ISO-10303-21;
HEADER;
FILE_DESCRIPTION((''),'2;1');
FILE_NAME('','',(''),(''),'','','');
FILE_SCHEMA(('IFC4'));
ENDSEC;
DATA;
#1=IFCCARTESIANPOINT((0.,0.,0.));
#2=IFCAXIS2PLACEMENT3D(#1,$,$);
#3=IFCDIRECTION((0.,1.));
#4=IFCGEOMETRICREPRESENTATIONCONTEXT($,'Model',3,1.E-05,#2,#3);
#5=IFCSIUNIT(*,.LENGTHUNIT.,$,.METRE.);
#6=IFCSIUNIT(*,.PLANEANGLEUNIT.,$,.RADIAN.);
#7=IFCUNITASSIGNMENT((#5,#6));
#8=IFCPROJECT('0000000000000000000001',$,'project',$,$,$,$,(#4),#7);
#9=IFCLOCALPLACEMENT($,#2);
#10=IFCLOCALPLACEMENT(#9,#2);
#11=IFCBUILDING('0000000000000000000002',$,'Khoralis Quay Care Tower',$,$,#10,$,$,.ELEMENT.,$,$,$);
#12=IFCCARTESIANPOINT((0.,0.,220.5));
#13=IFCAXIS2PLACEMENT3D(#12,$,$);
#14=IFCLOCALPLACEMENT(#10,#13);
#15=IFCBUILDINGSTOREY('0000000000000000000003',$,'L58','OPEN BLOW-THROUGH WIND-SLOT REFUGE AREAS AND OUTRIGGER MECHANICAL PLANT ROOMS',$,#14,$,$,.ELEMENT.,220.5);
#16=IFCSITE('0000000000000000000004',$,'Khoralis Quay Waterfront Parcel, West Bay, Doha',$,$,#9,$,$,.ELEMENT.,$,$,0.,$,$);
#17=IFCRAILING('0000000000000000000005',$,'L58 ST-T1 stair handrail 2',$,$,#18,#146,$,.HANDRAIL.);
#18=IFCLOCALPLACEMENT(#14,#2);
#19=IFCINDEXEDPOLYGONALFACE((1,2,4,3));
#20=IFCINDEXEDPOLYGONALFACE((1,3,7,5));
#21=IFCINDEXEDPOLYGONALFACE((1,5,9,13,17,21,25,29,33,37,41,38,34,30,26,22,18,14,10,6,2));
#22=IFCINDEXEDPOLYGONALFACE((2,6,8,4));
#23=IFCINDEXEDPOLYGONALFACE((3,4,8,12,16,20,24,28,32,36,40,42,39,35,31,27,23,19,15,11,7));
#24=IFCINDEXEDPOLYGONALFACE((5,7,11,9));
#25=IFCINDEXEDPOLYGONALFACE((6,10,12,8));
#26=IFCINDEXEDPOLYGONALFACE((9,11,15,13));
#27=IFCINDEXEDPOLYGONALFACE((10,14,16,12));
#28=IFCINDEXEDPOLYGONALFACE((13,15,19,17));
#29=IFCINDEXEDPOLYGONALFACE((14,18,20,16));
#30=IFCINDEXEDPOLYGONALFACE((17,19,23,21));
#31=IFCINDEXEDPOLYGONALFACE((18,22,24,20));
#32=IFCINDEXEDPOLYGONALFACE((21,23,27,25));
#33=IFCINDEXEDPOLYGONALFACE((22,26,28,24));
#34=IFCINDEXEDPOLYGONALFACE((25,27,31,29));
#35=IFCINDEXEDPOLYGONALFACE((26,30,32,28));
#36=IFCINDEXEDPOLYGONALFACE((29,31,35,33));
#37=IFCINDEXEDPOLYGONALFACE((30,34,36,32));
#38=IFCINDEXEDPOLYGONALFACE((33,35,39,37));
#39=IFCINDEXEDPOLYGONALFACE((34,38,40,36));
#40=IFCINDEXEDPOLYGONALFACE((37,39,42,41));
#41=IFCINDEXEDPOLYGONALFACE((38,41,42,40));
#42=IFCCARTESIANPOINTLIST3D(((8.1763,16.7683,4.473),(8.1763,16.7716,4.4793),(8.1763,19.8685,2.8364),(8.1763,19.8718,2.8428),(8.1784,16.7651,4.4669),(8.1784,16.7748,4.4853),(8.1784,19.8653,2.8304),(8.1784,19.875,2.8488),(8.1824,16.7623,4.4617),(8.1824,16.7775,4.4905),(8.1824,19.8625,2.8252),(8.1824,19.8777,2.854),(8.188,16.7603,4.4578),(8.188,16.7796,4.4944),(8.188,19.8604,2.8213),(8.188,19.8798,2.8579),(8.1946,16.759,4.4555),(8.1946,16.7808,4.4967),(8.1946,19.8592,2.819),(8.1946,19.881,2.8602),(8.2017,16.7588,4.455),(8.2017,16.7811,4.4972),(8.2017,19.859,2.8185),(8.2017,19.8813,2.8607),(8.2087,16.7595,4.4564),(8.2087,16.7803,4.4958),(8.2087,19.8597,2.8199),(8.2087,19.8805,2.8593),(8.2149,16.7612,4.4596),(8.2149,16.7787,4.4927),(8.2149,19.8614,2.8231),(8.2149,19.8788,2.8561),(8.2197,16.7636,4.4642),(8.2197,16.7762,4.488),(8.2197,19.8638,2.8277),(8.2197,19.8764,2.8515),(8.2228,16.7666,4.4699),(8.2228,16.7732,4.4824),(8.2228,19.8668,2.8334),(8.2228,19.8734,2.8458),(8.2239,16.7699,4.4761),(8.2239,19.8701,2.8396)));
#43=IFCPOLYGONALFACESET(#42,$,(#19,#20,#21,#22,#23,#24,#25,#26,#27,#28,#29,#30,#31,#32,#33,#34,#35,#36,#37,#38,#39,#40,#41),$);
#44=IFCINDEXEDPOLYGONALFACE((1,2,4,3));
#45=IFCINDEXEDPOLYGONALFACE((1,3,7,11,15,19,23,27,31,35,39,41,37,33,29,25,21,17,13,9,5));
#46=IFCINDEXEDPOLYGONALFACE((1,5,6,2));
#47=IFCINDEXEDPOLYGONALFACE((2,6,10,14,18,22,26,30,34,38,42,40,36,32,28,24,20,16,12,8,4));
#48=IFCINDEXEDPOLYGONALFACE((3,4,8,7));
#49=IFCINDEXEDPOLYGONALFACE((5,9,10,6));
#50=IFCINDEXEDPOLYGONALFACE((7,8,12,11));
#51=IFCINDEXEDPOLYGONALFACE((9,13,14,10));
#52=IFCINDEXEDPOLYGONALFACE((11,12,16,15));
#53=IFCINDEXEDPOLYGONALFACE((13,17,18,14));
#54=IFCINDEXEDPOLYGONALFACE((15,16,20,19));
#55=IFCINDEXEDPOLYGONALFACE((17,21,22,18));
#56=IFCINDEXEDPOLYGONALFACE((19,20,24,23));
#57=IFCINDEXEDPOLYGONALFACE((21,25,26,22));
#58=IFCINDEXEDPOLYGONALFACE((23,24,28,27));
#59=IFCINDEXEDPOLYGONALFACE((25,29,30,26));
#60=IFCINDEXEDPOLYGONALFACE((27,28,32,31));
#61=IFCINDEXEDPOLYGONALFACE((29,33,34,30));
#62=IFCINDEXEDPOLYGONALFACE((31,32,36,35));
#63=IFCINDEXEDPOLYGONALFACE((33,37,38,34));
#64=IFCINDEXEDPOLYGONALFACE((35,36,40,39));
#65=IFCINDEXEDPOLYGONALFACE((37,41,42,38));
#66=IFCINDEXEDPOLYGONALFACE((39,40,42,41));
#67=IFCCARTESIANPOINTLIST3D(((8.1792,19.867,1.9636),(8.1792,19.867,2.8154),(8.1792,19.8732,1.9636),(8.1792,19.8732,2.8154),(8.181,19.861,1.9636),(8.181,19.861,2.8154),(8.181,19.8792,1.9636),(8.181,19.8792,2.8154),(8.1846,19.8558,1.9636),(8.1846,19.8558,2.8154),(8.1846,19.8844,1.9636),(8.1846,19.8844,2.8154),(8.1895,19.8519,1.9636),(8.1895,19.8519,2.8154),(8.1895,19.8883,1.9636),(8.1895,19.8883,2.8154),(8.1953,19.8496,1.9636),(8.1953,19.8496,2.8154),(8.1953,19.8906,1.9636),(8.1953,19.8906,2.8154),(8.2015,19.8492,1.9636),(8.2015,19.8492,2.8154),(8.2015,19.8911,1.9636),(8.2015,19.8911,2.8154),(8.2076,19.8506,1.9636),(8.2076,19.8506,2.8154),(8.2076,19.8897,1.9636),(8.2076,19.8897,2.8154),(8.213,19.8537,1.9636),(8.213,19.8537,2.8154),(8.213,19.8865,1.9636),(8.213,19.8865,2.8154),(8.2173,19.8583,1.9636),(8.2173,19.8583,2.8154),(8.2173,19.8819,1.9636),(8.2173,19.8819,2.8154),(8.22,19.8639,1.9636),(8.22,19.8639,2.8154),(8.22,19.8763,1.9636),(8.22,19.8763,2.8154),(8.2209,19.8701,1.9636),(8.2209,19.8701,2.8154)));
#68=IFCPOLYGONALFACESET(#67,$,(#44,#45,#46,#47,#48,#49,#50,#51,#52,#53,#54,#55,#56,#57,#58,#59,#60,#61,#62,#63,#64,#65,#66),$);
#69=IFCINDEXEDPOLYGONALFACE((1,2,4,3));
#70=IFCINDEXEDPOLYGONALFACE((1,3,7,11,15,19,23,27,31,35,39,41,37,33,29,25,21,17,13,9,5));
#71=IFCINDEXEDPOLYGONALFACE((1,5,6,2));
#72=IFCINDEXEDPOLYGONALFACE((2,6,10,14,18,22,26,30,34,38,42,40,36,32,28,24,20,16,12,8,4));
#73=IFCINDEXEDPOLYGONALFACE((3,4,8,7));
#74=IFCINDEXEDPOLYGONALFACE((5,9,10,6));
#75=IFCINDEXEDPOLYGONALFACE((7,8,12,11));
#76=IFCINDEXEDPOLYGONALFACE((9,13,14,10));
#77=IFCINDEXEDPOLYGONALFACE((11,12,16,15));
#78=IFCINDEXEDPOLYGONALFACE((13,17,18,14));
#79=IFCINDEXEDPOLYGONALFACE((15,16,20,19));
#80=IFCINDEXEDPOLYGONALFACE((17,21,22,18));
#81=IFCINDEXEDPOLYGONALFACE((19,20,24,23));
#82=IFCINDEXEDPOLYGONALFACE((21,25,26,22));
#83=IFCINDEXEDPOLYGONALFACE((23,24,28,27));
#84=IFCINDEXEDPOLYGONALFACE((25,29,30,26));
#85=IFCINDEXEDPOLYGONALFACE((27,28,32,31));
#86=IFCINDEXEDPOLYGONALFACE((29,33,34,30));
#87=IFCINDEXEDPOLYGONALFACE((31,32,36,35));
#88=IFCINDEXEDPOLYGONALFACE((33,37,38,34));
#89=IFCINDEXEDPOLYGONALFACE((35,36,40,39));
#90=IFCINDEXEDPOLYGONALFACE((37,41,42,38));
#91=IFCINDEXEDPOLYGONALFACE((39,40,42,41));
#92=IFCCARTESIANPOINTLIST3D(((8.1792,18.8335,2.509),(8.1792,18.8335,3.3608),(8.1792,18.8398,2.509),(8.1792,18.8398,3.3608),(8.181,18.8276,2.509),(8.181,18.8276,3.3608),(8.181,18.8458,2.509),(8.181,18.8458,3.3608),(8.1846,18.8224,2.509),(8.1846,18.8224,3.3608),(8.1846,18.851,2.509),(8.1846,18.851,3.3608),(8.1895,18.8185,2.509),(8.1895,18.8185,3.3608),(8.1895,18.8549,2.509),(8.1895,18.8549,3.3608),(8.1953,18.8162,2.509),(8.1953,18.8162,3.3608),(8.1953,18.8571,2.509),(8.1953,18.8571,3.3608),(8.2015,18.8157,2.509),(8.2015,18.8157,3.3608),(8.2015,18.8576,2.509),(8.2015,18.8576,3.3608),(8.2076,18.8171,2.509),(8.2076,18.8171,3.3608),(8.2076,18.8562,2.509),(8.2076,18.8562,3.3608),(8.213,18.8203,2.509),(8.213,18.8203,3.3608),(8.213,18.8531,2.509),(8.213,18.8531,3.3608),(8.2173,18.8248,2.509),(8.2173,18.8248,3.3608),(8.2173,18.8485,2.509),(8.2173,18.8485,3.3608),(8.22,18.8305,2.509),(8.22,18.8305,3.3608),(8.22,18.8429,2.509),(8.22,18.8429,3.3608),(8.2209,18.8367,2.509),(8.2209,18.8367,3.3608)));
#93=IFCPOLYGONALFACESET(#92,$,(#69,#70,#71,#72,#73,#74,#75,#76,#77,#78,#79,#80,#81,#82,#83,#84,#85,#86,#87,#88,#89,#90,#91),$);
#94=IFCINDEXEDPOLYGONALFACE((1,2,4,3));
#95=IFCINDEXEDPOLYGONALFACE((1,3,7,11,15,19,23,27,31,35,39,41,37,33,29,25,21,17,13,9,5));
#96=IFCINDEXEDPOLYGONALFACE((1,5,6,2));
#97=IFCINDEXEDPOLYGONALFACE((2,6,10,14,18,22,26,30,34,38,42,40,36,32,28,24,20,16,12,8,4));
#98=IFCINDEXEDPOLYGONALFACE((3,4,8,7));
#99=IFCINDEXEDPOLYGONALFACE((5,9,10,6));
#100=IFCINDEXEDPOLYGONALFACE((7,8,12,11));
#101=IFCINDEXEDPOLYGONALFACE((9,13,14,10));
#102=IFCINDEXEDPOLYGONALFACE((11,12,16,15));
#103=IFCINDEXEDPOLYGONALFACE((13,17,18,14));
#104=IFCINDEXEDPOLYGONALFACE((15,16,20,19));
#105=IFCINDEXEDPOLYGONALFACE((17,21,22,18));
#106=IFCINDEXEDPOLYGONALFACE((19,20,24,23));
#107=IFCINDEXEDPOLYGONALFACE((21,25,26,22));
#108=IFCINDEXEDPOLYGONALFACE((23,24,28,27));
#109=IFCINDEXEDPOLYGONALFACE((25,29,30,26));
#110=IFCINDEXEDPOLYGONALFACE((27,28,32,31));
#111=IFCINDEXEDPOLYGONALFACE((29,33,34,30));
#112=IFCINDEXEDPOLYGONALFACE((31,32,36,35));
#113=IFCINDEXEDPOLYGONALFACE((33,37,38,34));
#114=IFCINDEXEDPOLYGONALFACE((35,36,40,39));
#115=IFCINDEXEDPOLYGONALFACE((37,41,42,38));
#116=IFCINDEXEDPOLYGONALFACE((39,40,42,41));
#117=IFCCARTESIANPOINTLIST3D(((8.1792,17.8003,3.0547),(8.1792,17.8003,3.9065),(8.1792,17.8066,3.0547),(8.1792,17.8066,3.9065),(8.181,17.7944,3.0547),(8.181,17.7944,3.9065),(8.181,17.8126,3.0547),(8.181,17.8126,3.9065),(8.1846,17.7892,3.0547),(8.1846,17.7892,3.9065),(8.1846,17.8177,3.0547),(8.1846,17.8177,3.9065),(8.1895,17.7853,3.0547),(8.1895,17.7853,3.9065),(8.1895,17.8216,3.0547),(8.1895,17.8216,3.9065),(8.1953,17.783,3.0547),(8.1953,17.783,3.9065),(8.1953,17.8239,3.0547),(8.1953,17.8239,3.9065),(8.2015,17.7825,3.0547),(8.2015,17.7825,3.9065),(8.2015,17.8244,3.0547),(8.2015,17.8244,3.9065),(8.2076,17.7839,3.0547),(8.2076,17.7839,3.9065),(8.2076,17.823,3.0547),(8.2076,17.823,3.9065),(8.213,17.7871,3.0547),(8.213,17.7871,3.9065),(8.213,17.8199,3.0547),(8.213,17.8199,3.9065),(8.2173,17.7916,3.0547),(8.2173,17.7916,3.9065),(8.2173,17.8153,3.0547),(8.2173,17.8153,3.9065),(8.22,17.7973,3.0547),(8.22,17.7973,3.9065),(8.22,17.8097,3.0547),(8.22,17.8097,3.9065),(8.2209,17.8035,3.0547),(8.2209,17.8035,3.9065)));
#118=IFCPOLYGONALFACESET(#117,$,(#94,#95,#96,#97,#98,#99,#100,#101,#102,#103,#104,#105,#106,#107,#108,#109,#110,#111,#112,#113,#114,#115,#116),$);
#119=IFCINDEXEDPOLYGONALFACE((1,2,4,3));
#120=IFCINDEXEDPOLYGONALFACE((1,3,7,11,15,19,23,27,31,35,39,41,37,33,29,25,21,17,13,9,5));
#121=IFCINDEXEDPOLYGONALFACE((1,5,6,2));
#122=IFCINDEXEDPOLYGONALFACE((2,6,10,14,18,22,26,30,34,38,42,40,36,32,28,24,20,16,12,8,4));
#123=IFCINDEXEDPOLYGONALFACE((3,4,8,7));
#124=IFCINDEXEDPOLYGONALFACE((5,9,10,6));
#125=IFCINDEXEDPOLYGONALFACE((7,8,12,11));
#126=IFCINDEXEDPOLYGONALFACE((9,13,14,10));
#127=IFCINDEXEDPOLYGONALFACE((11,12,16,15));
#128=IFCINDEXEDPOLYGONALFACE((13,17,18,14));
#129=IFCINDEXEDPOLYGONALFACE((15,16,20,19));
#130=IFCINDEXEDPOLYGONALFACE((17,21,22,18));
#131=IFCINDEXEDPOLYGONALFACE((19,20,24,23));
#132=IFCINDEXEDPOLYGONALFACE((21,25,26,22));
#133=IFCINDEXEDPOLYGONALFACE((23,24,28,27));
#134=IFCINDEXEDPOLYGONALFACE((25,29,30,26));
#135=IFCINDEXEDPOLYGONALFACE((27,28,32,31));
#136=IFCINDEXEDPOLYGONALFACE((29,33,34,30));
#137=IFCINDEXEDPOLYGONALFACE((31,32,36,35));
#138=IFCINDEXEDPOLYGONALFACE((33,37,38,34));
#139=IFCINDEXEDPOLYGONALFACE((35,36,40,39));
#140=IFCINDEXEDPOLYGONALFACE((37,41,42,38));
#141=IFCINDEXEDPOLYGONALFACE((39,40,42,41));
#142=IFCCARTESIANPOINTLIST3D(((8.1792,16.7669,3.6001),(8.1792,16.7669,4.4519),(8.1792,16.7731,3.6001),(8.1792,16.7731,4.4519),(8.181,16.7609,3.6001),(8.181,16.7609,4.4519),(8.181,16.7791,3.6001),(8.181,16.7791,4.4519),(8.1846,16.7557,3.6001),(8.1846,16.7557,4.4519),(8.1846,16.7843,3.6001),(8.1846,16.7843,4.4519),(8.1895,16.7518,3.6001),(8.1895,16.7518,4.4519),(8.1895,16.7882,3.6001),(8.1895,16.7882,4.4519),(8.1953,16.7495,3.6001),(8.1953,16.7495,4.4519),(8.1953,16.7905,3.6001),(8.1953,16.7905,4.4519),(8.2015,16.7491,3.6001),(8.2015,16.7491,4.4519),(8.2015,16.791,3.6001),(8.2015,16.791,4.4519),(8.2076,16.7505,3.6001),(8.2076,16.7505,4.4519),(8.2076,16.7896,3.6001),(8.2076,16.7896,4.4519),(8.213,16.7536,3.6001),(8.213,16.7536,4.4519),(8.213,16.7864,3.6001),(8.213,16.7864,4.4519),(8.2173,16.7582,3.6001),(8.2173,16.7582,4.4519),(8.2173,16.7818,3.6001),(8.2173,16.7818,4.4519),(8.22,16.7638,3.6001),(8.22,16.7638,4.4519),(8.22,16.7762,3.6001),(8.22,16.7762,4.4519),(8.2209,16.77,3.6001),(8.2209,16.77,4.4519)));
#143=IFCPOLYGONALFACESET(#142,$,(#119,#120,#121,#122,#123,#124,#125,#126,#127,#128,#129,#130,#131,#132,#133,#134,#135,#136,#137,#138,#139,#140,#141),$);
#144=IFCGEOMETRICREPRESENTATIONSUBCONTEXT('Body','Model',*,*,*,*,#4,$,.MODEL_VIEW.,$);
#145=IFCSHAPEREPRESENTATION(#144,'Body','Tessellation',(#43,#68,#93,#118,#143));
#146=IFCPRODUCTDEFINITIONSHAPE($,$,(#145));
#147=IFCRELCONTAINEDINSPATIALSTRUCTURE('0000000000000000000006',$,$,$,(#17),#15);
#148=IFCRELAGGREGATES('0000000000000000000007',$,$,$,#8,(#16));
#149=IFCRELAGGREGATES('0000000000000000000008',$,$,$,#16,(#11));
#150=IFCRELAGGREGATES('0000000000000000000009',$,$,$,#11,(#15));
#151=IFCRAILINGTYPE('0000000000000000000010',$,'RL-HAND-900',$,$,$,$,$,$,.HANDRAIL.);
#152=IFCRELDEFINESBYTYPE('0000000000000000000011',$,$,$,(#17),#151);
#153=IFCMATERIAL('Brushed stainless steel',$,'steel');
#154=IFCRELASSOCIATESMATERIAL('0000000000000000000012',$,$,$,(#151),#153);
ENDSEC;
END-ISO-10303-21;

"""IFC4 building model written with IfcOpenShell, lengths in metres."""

from ifc_helpers import new_model, si_unit, direction, frame, origin, origin_2d, place, context, subcontext, project, spatial, circle, extrude, material, type_object, element, save


model = new_model("IFC4")

# Units and contexts
model_context = context("Model", 3, precision=1e-05, world=origin(), true_north=direction((0.0, 1.0)))
body_context = subcontext(model_context, "Body", "Model", "MODEL_VIEW")
ifc_project = project(units=[si_unit("LENGTHUNIT", "METRE"), si_unit("PLANEANGLEUNIT", "RADIAN")], contexts=[model_context])

# Site, building, storey
site_placement = place(None, origin())
site = spatial("IfcSite", under=ifc_project, at=site_placement, Name="Khoralis Quay Waterfront Parcel, West Bay, Doha", CompositionType="ELEMENT", RefElevation=0.0)
building_placement = place(site_placement, origin())
building = spatial("IfcBuilding", under=site, at=building_placement, Name="Khoralis Quay Care Tower", CompositionType="ELEMENT")
storey_placement = place(building_placement, frame((0.0, 0.0, 220.5)))
storey = spatial("IfcBuildingStorey", under=building, at=storey_placement, Name="L58", Description="OPEN BLOW-THROUGH WIND-SLOT REFUGE AREAS AND OUTRIGGER MECHANICAL PLANT ROOMS", CompositionType="ELEMENT", Elevation=220.5)

# Railing
ifc_material_1 = material(Name="Brushed stainless steel", Category="steel")
railing_type_1 = type_object("IfcRailingType", Name="RL-HAND-900", PredefinedType="HANDRAIL", material=ifc_material_1)
railing_1_placement = place(storey_placement, frame((8.2, 19.8701, 1.9636)))
element("IfcRailing", 1, at=railing_1_placement, inside=storey, type_object=railing_type_1, Name="L58 ST-T1 stair handrail 2", PredefinedType="HANDRAIL", context=body_context, shape_type="SweptSolid", body=[
    extrude(circle(Radius=0.0239, at=origin_2d()), frame((0.0, 0.0, 0.876), z_axis=(0.0, -0.884348, 0.466828), x_axis=(1.0, 0.0, 0.0)), (0.0, 0.0, 1.0), 3.5056),
    extrude(circle(Radius=0.021, at=origin_2d()), origin(), (0.0, 0.0, 1.0), 0.8518),
    extrude(circle(Radius=0.021, at=origin_2d()), frame((0.0, -1.0334, 0.5454)), (0.0, 0.0, 1.0), 0.8518),
    extrude(circle(Radius=0.021, at=origin_2d()), frame((0.0, -2.0667, 1.0911)), (0.0, 0.0, 1.0), 0.8518),
    extrude(circle(Radius=0.021, at=origin_2d()), frame((0.0, -3.1001, 1.6365)), (0.0, 0.0, 1.0), 0.8518),
])

save(model, "model.ifc")
